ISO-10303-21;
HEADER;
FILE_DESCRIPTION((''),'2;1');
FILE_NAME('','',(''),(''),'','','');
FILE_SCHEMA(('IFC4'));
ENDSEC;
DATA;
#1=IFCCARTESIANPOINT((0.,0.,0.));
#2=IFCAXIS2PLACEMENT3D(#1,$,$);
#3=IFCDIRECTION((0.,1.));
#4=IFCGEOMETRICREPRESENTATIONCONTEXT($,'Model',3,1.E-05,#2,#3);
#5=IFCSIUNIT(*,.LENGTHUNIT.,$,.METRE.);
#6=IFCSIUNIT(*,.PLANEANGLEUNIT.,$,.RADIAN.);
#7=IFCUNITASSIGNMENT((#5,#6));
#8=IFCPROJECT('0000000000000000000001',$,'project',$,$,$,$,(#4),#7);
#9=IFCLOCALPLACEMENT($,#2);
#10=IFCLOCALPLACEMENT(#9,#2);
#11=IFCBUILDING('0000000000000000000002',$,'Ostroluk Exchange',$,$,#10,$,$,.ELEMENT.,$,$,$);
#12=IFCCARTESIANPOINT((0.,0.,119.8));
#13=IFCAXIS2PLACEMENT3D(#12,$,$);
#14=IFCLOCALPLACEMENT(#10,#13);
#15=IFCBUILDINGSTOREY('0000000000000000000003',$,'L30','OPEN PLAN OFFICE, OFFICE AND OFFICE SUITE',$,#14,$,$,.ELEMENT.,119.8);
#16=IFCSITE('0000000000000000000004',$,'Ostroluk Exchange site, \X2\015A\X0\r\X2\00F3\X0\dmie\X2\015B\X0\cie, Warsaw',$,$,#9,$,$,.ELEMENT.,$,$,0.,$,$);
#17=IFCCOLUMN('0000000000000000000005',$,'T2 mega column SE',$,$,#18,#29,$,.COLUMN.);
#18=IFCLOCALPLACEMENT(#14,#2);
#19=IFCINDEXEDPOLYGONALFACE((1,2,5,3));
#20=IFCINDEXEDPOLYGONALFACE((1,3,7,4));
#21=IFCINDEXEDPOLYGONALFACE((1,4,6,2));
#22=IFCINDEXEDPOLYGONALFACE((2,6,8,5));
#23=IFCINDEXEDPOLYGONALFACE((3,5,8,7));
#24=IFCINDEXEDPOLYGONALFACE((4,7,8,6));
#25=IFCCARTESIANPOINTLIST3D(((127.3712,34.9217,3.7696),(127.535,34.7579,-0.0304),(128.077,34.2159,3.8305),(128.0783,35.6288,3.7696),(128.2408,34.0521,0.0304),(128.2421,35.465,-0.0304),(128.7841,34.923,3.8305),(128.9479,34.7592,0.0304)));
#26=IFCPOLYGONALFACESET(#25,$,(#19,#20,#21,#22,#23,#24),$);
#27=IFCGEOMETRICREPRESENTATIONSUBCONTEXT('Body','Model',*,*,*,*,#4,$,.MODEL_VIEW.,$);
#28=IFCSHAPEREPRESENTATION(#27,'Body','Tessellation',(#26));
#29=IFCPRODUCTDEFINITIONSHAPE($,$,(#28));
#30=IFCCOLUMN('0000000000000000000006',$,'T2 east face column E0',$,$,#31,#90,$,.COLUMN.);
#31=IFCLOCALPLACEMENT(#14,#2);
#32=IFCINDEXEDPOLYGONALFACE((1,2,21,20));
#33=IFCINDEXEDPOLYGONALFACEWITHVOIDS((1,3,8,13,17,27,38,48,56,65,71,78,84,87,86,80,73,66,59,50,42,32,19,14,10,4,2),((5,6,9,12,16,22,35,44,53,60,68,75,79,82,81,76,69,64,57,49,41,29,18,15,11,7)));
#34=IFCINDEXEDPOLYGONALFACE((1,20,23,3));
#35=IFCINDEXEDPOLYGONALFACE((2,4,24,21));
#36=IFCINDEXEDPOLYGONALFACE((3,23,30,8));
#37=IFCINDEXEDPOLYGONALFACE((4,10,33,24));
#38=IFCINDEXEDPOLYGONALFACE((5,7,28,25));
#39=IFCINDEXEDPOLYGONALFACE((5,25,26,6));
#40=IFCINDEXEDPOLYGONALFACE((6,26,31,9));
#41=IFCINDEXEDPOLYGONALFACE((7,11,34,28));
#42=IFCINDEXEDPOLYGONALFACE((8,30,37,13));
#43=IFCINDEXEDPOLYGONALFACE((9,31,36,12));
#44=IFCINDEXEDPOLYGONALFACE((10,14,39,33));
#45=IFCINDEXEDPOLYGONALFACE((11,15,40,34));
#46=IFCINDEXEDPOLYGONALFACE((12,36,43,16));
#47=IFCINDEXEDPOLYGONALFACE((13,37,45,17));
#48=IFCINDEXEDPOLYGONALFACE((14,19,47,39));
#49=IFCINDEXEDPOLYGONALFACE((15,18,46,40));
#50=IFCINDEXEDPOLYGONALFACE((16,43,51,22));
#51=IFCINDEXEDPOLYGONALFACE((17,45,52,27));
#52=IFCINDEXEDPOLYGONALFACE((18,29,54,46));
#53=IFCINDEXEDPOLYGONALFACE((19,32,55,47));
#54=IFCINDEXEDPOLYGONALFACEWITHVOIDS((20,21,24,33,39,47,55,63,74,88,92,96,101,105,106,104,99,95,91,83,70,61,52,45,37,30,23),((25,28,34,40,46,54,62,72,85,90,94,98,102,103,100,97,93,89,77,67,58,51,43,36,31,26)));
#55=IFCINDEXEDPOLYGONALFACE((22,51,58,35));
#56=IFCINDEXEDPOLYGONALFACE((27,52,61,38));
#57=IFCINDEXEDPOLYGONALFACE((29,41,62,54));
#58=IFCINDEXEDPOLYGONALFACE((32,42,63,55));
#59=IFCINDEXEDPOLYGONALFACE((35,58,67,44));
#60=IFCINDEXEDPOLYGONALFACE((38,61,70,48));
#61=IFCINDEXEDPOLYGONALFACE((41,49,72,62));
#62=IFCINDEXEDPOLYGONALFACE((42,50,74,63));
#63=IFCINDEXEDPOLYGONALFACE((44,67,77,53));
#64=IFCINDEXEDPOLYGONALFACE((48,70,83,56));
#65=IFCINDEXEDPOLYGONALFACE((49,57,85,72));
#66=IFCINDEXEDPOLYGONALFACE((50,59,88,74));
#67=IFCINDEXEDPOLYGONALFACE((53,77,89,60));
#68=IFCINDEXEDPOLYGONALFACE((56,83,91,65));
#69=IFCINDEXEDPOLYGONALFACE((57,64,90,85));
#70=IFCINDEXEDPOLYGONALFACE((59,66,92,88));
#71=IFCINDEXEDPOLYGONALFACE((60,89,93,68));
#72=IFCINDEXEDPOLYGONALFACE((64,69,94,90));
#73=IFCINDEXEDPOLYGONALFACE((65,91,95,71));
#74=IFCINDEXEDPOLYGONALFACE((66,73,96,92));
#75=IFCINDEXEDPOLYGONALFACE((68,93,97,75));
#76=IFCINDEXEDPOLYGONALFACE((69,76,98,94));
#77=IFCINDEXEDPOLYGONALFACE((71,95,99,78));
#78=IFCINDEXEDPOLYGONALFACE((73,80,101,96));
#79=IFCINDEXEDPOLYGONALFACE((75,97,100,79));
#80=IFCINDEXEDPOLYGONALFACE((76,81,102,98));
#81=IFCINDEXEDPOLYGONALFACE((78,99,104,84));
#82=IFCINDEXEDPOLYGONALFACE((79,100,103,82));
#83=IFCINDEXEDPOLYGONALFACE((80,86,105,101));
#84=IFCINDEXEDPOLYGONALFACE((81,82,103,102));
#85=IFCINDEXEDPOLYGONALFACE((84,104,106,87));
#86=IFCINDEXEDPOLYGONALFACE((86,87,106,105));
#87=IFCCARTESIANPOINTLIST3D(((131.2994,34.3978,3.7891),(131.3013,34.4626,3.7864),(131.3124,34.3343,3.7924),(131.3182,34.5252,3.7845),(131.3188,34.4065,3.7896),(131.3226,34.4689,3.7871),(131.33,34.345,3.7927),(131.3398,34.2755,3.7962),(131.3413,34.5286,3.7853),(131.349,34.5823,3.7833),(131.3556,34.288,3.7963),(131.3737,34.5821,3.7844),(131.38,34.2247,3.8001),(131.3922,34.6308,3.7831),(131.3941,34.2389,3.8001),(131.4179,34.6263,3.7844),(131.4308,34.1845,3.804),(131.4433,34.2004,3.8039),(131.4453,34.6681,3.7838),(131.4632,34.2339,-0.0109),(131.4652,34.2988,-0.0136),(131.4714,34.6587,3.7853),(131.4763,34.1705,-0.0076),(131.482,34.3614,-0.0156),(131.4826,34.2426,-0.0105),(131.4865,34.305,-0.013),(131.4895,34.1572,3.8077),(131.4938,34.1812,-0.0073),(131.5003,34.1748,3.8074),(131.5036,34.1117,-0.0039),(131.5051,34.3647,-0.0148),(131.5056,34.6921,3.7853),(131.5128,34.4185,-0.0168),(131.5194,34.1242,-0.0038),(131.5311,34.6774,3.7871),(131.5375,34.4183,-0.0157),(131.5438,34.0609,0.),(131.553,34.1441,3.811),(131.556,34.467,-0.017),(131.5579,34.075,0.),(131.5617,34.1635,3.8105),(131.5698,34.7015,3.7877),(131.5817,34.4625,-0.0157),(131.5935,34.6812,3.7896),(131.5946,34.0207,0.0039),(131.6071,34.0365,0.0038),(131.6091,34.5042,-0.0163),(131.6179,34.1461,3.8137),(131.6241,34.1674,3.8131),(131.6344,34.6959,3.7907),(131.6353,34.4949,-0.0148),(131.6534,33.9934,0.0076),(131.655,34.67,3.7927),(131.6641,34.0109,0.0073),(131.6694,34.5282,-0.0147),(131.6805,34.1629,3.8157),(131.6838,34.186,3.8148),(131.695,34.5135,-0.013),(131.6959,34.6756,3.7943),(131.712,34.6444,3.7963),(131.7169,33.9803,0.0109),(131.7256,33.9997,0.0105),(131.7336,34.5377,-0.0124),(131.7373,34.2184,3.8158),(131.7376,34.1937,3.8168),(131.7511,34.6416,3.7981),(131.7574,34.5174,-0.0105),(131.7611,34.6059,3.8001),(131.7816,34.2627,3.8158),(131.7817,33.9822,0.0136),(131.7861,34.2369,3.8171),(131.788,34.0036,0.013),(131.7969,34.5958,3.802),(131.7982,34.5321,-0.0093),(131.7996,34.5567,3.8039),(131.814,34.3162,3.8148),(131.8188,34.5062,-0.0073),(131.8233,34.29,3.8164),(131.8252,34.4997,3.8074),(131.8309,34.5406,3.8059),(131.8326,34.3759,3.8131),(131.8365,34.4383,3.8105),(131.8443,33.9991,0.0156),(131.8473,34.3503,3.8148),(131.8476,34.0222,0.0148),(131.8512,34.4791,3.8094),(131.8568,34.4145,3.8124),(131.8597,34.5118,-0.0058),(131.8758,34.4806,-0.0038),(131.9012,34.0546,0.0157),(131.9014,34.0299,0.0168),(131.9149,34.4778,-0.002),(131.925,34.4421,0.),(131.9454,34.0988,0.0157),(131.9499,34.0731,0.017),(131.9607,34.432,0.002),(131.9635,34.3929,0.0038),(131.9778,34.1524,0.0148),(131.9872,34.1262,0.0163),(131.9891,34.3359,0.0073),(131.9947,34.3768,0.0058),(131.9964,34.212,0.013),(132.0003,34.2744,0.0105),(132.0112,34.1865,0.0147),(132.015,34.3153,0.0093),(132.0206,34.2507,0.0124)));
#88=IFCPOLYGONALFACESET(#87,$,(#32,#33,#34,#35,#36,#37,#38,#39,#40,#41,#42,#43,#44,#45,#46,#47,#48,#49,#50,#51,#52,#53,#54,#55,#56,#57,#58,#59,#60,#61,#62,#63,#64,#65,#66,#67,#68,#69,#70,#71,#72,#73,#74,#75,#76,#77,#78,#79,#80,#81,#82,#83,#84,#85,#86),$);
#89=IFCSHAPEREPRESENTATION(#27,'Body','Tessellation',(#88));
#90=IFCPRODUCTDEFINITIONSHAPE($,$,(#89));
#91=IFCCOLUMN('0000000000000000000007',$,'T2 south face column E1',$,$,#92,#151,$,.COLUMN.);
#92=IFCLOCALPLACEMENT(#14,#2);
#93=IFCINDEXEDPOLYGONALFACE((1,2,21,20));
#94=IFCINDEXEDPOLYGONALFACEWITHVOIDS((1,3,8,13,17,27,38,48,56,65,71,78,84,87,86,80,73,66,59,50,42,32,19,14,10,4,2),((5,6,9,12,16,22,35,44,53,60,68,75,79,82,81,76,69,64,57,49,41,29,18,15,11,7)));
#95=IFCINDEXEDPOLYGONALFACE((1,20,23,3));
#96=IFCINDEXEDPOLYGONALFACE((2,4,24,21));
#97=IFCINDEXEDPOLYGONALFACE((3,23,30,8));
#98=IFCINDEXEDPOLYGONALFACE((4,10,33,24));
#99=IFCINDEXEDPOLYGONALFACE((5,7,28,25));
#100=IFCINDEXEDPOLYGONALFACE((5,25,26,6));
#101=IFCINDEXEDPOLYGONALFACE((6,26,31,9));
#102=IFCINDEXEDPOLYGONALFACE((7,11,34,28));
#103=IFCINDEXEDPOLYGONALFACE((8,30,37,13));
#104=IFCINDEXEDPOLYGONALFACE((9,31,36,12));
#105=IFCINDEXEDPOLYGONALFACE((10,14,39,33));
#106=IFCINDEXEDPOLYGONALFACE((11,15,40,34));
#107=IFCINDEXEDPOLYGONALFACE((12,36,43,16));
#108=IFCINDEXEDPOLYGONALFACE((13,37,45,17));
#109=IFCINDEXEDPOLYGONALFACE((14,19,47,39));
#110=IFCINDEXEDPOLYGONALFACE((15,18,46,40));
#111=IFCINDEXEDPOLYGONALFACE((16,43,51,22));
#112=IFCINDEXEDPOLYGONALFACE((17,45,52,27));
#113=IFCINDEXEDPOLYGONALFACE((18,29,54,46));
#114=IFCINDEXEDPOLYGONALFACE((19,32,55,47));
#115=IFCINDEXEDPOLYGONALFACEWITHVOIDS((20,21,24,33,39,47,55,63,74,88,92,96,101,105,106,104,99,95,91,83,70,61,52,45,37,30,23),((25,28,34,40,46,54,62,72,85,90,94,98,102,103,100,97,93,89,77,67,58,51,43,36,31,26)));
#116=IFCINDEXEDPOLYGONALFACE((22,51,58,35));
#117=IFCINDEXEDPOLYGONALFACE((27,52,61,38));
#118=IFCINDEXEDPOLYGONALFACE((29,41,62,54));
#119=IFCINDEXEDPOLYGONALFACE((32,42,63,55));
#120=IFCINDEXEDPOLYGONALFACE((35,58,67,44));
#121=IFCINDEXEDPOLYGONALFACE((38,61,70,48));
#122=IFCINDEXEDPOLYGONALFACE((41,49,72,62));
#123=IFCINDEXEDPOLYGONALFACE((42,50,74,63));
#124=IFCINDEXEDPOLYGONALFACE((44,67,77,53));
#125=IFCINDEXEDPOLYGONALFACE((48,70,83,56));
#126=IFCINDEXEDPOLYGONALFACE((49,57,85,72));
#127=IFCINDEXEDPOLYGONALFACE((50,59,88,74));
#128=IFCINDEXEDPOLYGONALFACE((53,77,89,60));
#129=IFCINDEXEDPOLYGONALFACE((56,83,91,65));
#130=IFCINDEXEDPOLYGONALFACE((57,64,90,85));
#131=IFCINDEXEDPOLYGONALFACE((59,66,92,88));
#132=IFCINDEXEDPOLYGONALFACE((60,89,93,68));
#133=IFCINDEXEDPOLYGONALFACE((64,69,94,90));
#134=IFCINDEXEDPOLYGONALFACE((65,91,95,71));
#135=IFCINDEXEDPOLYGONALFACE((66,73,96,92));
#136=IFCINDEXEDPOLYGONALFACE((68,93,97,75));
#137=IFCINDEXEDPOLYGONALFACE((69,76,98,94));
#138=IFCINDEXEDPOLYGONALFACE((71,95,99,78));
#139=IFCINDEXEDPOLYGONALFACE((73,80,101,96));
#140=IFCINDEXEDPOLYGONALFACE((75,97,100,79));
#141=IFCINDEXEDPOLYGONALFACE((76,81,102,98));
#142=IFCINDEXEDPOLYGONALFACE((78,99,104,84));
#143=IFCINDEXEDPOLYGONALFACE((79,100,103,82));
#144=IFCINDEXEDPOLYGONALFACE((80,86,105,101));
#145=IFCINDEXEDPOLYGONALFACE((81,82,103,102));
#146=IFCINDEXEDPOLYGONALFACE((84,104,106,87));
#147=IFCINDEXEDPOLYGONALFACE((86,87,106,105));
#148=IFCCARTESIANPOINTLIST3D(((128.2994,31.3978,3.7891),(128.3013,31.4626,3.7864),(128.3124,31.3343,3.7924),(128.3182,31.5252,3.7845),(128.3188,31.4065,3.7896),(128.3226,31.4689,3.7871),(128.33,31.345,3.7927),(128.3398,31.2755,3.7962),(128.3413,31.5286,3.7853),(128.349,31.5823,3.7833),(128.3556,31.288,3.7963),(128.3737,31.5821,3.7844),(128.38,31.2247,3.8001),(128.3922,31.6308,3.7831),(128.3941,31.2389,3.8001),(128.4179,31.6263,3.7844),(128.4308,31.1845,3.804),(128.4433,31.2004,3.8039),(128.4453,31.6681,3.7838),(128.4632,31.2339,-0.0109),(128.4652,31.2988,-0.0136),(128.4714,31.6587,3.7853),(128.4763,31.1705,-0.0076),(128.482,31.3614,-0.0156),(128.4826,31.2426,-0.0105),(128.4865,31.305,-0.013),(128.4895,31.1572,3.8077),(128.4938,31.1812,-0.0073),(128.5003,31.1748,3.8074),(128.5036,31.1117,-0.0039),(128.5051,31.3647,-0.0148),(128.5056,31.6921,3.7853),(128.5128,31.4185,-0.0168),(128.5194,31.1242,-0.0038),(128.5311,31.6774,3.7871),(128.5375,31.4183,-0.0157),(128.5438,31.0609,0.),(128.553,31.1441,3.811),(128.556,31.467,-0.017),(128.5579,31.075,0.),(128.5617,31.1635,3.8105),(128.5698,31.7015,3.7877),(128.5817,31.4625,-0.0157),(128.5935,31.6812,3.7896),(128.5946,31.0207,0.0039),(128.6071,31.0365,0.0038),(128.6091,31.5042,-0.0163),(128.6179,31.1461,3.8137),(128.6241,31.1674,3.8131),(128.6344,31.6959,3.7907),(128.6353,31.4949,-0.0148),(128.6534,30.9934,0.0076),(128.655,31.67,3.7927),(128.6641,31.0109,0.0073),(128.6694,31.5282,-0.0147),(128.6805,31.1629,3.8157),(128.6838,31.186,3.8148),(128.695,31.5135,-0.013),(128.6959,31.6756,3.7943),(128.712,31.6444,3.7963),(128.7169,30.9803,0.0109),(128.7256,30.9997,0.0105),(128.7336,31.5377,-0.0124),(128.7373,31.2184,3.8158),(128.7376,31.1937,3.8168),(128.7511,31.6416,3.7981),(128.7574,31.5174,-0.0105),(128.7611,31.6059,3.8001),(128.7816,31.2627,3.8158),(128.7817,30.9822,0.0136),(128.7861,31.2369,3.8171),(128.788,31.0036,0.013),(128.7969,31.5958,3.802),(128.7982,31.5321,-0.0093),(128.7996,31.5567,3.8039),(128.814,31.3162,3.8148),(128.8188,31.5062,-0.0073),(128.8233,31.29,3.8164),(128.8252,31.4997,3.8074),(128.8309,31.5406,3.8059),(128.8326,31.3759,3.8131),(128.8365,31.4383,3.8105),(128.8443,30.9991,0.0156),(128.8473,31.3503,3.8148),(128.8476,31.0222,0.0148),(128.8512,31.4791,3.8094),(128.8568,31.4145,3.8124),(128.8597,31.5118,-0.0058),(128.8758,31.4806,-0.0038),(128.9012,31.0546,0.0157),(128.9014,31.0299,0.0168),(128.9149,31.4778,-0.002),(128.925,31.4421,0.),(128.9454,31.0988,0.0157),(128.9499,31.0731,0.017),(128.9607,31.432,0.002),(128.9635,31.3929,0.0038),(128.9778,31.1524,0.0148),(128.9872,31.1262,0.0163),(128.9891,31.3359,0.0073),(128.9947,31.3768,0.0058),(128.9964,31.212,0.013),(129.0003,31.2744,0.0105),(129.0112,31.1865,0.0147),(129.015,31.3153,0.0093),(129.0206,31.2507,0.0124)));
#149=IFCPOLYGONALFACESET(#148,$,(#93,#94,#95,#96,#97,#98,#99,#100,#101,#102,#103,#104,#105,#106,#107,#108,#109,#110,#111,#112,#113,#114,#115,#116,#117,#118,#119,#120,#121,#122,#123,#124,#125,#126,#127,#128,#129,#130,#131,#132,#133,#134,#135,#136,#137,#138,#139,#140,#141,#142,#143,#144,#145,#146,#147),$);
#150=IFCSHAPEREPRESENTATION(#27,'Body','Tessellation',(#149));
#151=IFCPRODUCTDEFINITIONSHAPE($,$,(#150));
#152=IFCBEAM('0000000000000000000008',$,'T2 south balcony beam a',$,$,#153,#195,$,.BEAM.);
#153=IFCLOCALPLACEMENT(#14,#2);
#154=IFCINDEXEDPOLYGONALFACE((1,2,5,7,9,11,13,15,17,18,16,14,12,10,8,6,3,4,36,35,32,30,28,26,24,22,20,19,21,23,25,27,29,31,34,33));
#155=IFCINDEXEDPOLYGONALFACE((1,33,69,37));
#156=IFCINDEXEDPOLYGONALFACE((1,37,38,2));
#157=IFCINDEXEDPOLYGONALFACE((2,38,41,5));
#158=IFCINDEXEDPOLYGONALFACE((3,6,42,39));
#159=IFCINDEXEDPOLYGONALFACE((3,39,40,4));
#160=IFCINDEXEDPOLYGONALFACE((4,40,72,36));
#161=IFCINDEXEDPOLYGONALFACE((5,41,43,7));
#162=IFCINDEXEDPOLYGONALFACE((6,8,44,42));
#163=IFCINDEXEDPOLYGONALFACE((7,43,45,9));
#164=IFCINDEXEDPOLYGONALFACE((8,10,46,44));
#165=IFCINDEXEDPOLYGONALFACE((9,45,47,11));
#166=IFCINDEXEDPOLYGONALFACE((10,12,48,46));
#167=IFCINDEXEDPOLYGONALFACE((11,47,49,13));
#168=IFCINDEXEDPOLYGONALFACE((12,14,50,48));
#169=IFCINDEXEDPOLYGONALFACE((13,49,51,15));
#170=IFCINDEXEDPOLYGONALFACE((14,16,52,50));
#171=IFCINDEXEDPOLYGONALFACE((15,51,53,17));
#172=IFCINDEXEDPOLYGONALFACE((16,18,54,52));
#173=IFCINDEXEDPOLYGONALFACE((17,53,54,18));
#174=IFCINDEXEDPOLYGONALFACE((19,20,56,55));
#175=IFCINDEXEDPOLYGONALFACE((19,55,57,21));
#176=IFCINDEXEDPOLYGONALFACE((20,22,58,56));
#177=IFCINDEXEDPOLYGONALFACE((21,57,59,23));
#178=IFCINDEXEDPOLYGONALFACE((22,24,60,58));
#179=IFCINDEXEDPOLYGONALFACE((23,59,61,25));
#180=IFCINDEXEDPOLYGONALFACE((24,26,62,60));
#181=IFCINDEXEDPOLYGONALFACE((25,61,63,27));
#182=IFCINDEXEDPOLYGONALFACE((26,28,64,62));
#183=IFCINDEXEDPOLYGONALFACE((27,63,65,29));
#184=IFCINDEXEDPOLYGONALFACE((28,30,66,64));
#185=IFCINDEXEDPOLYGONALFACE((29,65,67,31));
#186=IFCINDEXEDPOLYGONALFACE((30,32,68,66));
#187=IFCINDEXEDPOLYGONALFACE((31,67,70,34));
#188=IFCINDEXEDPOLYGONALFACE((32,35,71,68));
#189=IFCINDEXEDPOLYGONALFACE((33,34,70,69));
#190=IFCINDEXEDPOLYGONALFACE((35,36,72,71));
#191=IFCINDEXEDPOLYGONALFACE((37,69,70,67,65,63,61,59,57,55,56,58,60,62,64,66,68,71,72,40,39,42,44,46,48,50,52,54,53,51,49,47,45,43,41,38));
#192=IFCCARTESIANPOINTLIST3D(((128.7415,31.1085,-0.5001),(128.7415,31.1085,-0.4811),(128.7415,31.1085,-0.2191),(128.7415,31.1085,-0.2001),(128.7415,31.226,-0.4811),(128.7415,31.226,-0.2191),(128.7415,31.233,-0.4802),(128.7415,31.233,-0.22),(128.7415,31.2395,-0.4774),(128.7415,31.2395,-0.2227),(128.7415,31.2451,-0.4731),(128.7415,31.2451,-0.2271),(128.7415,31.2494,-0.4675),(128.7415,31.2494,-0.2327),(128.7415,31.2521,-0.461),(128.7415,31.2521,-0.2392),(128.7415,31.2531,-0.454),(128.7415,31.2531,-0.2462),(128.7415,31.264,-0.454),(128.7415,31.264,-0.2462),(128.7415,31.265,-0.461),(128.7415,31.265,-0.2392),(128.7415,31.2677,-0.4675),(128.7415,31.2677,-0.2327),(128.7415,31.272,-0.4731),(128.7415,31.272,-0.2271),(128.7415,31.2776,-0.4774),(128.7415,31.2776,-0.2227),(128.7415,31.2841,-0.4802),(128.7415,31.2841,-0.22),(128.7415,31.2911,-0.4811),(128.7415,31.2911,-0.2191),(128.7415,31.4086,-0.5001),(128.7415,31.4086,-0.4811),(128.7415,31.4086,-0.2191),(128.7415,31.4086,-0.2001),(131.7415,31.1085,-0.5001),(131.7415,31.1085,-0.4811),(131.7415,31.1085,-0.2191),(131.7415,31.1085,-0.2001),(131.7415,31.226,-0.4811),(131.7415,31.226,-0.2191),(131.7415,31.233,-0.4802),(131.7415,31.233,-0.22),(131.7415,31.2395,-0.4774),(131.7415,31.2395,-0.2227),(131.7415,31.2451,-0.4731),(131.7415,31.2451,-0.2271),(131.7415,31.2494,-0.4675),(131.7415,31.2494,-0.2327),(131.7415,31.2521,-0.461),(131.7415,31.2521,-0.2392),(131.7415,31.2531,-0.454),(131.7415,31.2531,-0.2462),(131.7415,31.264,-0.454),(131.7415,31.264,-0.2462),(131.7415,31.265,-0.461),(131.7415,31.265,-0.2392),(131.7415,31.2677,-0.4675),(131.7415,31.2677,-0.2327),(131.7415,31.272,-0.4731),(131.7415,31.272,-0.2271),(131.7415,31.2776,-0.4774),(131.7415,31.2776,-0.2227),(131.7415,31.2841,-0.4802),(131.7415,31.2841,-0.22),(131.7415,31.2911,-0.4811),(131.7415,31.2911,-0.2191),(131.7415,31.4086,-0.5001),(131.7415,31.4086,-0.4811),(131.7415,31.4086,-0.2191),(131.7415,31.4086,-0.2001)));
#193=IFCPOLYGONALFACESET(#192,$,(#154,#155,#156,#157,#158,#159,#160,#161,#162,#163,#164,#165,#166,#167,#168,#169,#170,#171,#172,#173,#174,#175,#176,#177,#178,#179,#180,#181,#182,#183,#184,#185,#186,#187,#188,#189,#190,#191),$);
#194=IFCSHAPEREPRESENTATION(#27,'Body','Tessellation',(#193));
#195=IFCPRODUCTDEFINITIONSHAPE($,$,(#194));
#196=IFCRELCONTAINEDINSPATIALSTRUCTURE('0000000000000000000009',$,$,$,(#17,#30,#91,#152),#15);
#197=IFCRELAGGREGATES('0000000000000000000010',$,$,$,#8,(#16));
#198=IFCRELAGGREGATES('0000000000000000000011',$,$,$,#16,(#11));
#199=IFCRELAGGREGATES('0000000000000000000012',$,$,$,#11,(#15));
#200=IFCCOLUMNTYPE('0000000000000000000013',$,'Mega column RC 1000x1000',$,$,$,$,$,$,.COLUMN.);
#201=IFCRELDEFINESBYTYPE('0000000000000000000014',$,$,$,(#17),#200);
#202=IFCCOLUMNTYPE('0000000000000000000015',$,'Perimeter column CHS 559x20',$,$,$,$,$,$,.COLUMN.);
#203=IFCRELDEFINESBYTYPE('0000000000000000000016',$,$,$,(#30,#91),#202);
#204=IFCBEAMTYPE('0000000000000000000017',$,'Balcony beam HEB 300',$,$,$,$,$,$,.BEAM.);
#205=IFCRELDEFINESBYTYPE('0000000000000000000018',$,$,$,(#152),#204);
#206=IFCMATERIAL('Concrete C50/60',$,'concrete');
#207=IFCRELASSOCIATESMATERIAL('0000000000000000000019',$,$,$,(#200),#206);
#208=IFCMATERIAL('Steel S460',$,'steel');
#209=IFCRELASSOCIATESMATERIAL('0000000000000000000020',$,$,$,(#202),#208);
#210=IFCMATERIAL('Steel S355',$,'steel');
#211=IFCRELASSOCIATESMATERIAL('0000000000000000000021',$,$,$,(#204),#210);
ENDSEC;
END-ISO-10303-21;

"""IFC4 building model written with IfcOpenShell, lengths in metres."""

from ifc_helpers import new_model, si_unit, direction, frame, origin, origin_2d, place, context, subcontext, project, spatial, rectangle, hollow_circle, i_section, extrude, material, material_profile, profile_set, type_object, element, save


model = new_model("IFC4")

# Units and contexts
model_context = context("Model", 3, precision=1e-05, world=origin(), true_north=direction((0.0, 1.0)))
body_context = subcontext(model_context, "Body", "Model", "MODEL_VIEW")
ifc_project = project(units=[si_unit("LENGTHUNIT", "METRE"), si_unit("PLANEANGLEUNIT", "RADIAN")], contexts=[model_context])

# Site, building, storey
site_placement = place(None, origin())
site = spatial("IfcSite", under=ifc_project, at=site_placement, Name="Ostroluk Exchange site, Śródmieście, Warsaw", CompositionType="ELEMENT", RefElevation=0.0)
building_placement = place(site_placement, origin())
building = spatial("IfcBuilding", under=site, at=building_placement, Name="Ostroluk Exchange", CompositionType="ELEMENT")
storey_placement = place(building_placement, frame((0.0, 0.0, 119.8)))
storey = spatial("IfcBuildingStorey", under=building, at=storey_placement, Name="L30", Description="OPEN PLAN OFFICE, OFFICE AND OFFICE SUITE", CompositionType="ELEMENT", Elevation=119.8)

# Columns
ifc_material_1 = material(Name="Concrete C50/60", Category="concrete")
ifc_material_profile_1 = material_profile(ifc_material_1, rectangle(XDim=1.0, YDim=1.0, at=origin_2d()), Name="RC 1000x1000")
ifc_profile_set_1 = profile_set([ifc_material_profile_1], Name="Concrete C50/60")
column_type_1 = type_object("IfcColumnType", Name="Mega column RC 1000x1000", PredefinedType="COLUMN", material=ifc_profile_set_1)
column_placement = place(storey_placement, frame((128.2415, 34.7585, 0.0), z_axis=(-0.04303, 0.04303, 0.998147), x_axis=(-0.707107, -0.707107, 0.0)))
element("IfcColumn", 1, at=column_placement, inside=storey, type_object=column_type_1, Name="T2 mega column SE", PredefinedType="COLUMN", context=body_context, shape_type="SweptSolid", body=[
    extrude(rectangle(XDim=1.0, YDim=1.0, at=origin_2d()), origin(), (0.0, 0.0, 1.0), 3.8071),
])
ifc_material_2 = material(Name="Steel S460", Category="steel")
ifc_material_profile_2 = material_profile(ifc_material_2, hollow_circle(Radius=0.2795, WallThickness=0.02, at=origin_2d()), Name="CHS 559x20")
ifc_profile_set_2 = profile_set([ifc_material_profile_2], Name="Steel S460")
column_type_2 = type_object("IfcColumnType", Name="Perimeter column CHS 559x20", PredefinedType="COLUMN", material=ifc_profile_set_2)
for number, where, z_axis, x_axis, name in (
    (2, (131.7415, 34.2585, 0.0), (-0.04303, 0.04303, 0.998147), (-0.707107, -0.707107, 0.0), "T2 east face column E0"),
    (3, (128.7415, 31.2585, 0.0), (-0.04303, 0.04303, 0.998147), (-0.707107, -0.707107, 0.0), "T2 south face column E1"),
):
    element("IfcColumn", number, at=place(storey_placement, frame(where, z_axis=z_axis, x_axis=x_axis)), inside=storey, type_object=column_type_2, Name=name, PredefinedType="COLUMN", context=body_context, shape_type="SweptSolid", body=[
        extrude(hollow_circle(Radius=0.2795, WallThickness=0.02, at=origin_2d()), origin(), (0.0, 0.0, 1.0), 3.8071),
    ])

# Beam
ifc_material_3 = material(Name="Steel S355", Category="steel")
ifc_material_profile_3 = material_profile(ifc_material_3, i_section(OverallWidth=0.3, OverallDepth=0.3, WebThickness=0.011, FlangeThickness=0.019, FilletRadius=0.0271, at=origin_2d()), Name="HEB 300")
ifc_profile_set_3 = profile_set([ifc_material_profile_3], Name="Steel S355")
beam_type_1 = type_object("IfcBeamType", Name="Balcony beam HEB 300", PredefinedType="BEAM", material=ifc_profile_set_3)
for number, where, z_axis, x_axis, name in (
    (4, (128.7415, 31.2585, -0.3501), (1.0, 0.0, 0.0), (0.0, 1.0, 0.0), "T2 south balcony beam a"),
):
    element("IfcBeam", number, at=place(storey_placement, frame(where, z_axis=z_axis, x_axis=x_axis)), inside=storey, type_object=beam_type_1, Name=name, PredefinedType="BEAM", context=body_context, shape_type="SweptSolid", body=[
        extrude(i_section(OverallWidth=0.3, OverallDepth=0.3, WebThickness=0.011, FlangeThickness=0.019, FilletRadius=0.0271, at=origin_2d()), origin(), (0.0, 0.0, 1.0), 3.0),
    ])

save(model, "model.ifc")
